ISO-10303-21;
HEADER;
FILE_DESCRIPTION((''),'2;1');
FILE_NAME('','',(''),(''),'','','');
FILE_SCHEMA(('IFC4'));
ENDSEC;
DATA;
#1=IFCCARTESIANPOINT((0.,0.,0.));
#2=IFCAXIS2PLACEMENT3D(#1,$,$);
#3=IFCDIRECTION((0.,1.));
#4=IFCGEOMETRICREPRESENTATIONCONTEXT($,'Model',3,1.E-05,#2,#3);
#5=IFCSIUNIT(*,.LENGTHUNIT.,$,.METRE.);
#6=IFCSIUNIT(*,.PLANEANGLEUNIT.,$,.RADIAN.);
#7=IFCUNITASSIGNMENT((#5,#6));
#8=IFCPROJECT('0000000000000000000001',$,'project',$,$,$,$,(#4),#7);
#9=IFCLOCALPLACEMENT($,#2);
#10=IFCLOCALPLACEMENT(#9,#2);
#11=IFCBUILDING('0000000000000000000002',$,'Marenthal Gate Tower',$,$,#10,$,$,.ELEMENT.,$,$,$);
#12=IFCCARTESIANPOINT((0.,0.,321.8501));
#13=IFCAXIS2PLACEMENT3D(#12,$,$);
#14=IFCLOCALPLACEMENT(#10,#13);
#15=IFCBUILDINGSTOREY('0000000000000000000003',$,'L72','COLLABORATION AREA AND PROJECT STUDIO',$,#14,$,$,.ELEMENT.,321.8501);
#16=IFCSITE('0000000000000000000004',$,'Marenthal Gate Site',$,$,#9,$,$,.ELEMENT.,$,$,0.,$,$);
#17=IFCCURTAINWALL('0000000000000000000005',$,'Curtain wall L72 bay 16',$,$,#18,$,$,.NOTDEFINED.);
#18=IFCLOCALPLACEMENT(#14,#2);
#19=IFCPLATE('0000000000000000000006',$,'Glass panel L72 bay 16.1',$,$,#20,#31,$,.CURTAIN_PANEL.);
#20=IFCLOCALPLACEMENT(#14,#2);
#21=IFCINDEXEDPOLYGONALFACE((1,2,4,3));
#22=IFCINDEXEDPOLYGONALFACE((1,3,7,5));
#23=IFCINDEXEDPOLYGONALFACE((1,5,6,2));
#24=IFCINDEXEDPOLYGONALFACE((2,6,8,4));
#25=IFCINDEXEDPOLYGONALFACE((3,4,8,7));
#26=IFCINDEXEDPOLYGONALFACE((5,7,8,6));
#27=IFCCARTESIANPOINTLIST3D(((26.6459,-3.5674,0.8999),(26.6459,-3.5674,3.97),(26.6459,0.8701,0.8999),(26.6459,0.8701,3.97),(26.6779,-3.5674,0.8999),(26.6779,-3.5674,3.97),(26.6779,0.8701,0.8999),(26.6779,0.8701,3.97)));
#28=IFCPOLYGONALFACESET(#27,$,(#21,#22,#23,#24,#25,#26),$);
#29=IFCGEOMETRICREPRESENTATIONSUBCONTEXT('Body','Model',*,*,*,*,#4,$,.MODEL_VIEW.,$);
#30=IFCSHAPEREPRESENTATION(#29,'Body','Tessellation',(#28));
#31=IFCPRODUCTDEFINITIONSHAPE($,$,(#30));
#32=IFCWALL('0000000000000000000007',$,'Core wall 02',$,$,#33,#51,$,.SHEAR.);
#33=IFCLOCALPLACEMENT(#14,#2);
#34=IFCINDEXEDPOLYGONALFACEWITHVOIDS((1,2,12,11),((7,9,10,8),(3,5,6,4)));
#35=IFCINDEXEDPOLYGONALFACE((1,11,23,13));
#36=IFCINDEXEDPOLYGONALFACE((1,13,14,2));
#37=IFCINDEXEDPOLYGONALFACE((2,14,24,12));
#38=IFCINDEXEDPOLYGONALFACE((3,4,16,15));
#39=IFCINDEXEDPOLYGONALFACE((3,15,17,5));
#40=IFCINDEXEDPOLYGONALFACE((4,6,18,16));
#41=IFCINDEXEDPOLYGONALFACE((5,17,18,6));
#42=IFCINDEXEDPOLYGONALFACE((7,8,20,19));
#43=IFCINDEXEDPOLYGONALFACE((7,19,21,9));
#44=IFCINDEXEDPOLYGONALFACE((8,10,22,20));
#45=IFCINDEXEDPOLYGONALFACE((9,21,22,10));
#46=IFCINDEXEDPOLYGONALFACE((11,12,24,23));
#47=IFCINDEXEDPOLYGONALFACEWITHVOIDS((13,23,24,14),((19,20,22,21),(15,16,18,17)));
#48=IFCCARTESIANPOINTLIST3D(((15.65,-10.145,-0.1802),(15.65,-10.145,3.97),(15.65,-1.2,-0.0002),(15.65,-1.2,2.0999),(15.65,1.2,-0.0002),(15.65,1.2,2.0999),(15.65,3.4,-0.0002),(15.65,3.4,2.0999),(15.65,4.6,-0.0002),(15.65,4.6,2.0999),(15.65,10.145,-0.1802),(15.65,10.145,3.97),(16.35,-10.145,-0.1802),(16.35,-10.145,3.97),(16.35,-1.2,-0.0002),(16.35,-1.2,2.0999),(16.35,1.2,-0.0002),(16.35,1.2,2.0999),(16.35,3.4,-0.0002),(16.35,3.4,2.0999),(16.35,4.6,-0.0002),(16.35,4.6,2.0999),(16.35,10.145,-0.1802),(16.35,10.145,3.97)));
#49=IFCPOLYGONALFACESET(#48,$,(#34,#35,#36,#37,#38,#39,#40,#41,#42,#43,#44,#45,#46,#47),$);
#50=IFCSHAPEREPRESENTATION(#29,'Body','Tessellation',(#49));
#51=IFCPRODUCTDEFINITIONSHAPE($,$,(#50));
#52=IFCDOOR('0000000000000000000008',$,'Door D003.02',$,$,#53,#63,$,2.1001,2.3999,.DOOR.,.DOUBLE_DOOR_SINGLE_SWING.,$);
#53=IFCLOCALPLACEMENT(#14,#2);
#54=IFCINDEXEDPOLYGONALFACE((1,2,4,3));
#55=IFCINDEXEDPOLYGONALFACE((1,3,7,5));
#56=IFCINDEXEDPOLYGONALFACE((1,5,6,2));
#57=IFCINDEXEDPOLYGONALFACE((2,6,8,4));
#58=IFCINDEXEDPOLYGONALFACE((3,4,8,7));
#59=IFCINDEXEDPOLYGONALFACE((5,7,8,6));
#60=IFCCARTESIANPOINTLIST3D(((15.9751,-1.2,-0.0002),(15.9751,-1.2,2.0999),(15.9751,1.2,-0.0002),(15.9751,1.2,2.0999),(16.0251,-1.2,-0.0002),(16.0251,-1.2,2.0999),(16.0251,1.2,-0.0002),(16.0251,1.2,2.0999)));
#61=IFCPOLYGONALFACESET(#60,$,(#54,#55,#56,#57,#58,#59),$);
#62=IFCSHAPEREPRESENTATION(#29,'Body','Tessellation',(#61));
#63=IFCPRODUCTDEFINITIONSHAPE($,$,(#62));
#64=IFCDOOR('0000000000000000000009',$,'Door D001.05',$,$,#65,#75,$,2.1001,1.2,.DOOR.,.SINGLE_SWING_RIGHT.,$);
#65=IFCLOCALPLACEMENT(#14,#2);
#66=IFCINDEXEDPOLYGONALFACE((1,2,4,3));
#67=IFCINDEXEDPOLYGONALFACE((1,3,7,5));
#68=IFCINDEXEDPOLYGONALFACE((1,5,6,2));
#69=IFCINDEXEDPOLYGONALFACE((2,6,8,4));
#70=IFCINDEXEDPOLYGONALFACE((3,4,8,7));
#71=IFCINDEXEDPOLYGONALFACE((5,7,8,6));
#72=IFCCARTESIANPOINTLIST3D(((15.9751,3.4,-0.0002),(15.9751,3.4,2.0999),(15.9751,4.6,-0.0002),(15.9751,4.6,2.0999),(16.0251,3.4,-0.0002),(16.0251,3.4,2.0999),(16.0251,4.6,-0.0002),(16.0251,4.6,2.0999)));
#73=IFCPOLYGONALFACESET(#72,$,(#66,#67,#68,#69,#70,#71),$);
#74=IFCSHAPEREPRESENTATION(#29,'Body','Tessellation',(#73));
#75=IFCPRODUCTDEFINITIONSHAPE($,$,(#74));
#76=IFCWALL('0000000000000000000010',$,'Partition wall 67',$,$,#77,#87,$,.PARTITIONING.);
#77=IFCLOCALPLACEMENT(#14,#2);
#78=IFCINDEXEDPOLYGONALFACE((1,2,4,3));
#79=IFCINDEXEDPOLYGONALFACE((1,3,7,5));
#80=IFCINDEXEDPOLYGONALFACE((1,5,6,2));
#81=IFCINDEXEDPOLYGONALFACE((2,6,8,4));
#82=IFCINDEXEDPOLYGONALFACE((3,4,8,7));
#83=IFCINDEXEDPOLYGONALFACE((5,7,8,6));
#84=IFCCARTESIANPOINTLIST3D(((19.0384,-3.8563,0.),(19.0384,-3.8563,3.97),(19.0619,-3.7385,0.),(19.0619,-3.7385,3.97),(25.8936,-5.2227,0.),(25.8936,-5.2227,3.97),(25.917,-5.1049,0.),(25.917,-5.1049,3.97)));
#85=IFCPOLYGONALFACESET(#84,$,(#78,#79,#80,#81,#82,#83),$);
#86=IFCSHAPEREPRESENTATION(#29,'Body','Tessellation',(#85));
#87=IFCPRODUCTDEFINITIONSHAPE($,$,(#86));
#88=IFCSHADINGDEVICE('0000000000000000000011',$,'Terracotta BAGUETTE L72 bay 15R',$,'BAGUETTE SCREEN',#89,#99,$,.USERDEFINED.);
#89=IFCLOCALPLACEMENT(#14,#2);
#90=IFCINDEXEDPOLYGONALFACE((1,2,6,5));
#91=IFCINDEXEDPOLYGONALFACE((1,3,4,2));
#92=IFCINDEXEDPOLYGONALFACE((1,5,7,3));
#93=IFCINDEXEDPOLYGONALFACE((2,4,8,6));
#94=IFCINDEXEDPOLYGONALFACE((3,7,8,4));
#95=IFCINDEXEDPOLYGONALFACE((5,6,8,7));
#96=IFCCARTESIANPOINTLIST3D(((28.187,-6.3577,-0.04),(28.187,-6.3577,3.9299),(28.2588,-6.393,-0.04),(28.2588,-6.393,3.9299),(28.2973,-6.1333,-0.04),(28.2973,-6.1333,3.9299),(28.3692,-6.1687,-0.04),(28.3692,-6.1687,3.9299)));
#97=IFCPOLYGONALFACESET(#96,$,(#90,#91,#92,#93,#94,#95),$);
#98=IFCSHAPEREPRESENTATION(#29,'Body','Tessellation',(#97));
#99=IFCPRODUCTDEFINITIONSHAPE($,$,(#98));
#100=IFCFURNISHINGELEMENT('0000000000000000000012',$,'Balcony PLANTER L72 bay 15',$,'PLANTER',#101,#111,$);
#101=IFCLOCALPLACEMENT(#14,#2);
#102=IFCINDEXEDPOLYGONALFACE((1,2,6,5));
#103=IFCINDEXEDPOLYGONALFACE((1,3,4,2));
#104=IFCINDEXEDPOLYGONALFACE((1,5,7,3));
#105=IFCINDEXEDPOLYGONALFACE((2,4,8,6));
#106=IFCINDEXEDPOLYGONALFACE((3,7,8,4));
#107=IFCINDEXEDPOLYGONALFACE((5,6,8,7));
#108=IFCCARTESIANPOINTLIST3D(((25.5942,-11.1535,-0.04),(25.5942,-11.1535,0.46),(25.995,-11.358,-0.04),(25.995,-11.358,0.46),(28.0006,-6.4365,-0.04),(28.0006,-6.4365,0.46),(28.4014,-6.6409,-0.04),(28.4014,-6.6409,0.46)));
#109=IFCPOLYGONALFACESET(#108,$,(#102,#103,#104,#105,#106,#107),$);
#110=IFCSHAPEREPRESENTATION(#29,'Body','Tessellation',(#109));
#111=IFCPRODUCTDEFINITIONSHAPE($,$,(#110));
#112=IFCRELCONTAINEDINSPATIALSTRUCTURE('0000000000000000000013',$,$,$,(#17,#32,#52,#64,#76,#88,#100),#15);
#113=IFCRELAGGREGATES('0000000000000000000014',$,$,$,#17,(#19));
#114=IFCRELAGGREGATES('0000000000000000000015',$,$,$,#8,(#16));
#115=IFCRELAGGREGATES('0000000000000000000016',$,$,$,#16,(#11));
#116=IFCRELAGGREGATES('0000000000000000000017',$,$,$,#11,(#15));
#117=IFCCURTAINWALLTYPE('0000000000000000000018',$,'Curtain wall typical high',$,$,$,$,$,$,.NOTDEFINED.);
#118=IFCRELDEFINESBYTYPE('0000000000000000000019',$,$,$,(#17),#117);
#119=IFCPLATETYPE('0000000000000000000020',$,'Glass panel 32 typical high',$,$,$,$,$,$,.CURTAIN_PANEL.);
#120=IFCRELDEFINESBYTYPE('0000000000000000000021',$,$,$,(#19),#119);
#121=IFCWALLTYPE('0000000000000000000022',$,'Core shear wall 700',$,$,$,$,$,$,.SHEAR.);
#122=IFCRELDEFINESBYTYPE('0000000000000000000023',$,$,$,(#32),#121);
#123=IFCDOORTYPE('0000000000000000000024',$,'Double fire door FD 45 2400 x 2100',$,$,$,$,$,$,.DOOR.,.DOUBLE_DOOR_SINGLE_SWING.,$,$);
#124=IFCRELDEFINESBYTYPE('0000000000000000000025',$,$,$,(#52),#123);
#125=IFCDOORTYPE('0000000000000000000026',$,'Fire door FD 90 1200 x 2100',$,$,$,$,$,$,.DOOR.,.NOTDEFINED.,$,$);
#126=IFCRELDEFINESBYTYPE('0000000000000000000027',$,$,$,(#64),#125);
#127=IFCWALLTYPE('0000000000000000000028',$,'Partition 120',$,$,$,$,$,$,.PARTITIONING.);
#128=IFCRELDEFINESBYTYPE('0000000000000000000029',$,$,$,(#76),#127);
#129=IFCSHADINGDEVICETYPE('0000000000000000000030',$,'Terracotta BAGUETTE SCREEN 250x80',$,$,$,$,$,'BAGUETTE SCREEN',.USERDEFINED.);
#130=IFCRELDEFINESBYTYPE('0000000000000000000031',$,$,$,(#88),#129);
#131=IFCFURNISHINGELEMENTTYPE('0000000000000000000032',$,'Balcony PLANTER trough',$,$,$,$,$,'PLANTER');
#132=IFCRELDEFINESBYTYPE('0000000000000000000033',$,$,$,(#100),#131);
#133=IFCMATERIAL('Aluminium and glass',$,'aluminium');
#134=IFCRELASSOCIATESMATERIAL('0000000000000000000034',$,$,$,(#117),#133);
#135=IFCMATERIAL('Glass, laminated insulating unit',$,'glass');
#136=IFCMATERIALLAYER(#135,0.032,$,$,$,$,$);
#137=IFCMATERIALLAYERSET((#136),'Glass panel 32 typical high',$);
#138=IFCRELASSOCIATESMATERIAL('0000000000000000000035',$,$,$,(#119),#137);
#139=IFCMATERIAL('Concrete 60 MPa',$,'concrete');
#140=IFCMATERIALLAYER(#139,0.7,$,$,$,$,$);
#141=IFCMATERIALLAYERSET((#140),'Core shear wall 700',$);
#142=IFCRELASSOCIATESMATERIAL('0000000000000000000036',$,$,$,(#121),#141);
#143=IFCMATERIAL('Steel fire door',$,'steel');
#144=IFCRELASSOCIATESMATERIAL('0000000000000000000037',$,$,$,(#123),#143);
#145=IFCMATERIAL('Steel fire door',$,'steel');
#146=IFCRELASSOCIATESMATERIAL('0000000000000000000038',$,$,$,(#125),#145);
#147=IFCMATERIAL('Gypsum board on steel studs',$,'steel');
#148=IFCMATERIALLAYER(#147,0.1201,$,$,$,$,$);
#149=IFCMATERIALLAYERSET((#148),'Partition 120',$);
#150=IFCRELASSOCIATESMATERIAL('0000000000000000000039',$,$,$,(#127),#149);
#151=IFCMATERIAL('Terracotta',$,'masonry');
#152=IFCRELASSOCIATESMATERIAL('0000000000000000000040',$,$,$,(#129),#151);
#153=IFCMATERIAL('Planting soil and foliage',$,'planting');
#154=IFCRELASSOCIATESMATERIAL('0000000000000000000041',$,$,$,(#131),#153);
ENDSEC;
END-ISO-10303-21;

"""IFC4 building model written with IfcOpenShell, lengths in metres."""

from ifc_helpers import new_model, si_unit, direction, frame, frame_2d, origin, origin_2d, place, context, subcontext, project, spatial, rectangle, extrude, material, layer, layer_set, material_profile, profile_set, type_object, element, fill, aggregate, save


model = new_model("IFC4")

# Units and contexts
model_context = context("Model", 3, precision=1e-05, world=origin(), true_north=direction((0.0, 1.0)))
body_context = subcontext(model_context, "Body", "Model", "MODEL_VIEW")
ifc_project = project(units=[si_unit("LENGTHUNIT", "METRE"), si_unit("PLANEANGLEUNIT", "RADIAN")], contexts=[model_context])

# Site, building, storey
site_placement = place(None, origin())
site = spatial("IfcSite", under=ifc_project, at=site_placement, Name="Marenthal Gate Site", CompositionType="ELEMENT", RefElevation=0.0)
building_placement = place(site_placement, origin())
building = spatial("IfcBuilding", under=site, at=building_placement, Name="Marenthal Gate Tower", CompositionType="ELEMENT")
storey_placement = place(building_placement, frame((0.0, 0.0, 321.8501)))
storey = spatial("IfcBuildingStorey", under=building, at=storey_placement, Name="L72", Description="COLLABORATION AREA AND PROJECT STUDIO", CompositionType="ELEMENT", Elevation=321.8501)

# Curtain wall
ifc_material_1 = material(Name="Aluminium and glass", Category="aluminium")
curtain_wall_type = type_object("IfcCurtainWallType", Name="Curtain wall typical high", PredefinedType="NOTDEFINED", material=ifc_material_1)
curtain_wall_placement = place(storey_placement, origin())
curtain_wall = element("IfcCurtainWall", 1, at=curtain_wall_placement, inside=storey, type_object=curtain_wall_type, Name="Curtain wall L72 bay 16", PredefinedType="NOTDEFINED")

# Plate
ifc_material_2 = material(Name="Glass, laminated insulating unit", Category="glass")
ifc_layer_1 = layer(ifc_material_2, 0.032)
ifc_layer_set_1 = layer_set([ifc_layer_1], Name="Glass panel 32 typical high")
plate_type = type_object("IfcPlateType", Name="Glass panel 32 typical high", PredefinedType="CURTAIN_PANEL", material=ifc_layer_set_1)
plate_placement = place(storey_placement, frame((26.6619, -1.3486, 0.8999), z_axis=(0.0, 0.0, 1.0), x_axis=(0.0, 1.0, 0.0)))
plate = element("IfcPlate", 2, at=plate_placement, type_object=plate_type, Name="Glass panel L72 bay 16.1", PredefinedType="CURTAIN_PANEL", context=body_context, shape_type="SweptSolid", body=[
    extrude(rectangle(XDim=4.4375, YDim=0.032, at=origin_2d()), origin(), (0.0, 0.0, 1.0), 3.0701),
])
aggregate(curtain_wall, [plate])

# Wall, openings, doors
ifc_material_3 = material(Name="Concrete 60 MPa", Category="concrete")
ifc_layer_2 = layer(ifc_material_3, 0.7)
ifc_layer_set_2 = layer_set([ifc_layer_2], Name="Core shear wall 700")
wall_type_1 = type_object("IfcWallType", Name="Core shear wall 700", PredefinedType="SHEAR", material=ifc_layer_set_2)
wall_1_placement = place(storey_placement, frame((16.0, -10.145, -0.1802), z_axis=(0.0, 0.0, 1.0), x_axis=(0.0, 1.0, 0.0)))
wall_1 = element("IfcWall", 3, at=wall_1_placement, inside=storey, type_object=wall_type_1, Name="Core wall 02", PredefinedType="SHEAR", context=body_context, shape_type="SweptSolid", body=[
    extrude(rectangle(XDim=20.29, YDim=0.7, at=frame_2d((10.145, 0.0))), origin(), (0.0, 0.0, 1.0), 4.1501),
])
opening_1_placement = place(wall_1_placement, frame((8.9451, 0.0, 0.1799)))
opening_1 = element("IfcOpeningElement", 4, at=opening_1_placement, cuts=wall_1, PredefinedType="OPENING", context=body_context, shape_type="SweptSolid", body=[
    extrude(rectangle(XDim=2.3999, YDim=2.1001, at=frame_2d((1.2, 1.05))), frame((0.0, 0.3599, 0.0), z_axis=(0.0, -1.0, 0.0), x_axis=(1.0, 0.0, 0.0)), (0.0, 0.0, 1.0), 0.72),
])
opening_2_placement = place(wall_1_placement, frame((13.5449, 0.0, 0.1799)))
opening_2 = element("IfcOpeningElement", 5, at=opening_2_placement, cuts=wall_1, PredefinedType="OPENING", context=body_context, shape_type="SweptSolid", body=[
    extrude(rectangle(XDim=1.2, YDim=2.1001, at=frame_2d((0.6001, 1.05))), frame((0.0, 0.3599, 0.0), z_axis=(0.0, -1.0, 0.0), x_axis=(1.0, 0.0, 0.0)), (0.0, 0.0, 1.0), 0.72),
])
ifc_material_4 = material(Name="Steel fire door", Category="steel")
door_type_1 = type_object("IfcDoorType", Name="Double fire door FD 45 2400 x 2100", OperationType="DOUBLE_DOOR_SINGLE_SWING", PredefinedType="DOOR", material=ifc_material_4)
door_1_placement = place(opening_1_placement, origin())
door_1 = element("IfcDoor", 6, at=door_1_placement, inside=storey, type_object=door_type_1, Name="Door D003.02", OperationType="DOUBLE_DOOR_SINGLE_SWING", OverallHeight=2.1001, OverallWidth=2.3999, PredefinedType="DOOR", context=body_context, shape_type="SweptSolid", body=[
    extrude(rectangle(XDim=2.3999, YDim=2.1001, at=frame_2d((1.2, 1.05))), frame((0.0, 0.0249, 0.0), z_axis=(0.0, -1.0, 0.0), x_axis=(1.0, 0.0, 0.0)), (0.0, 0.0, 1.0), 0.05),
])
fill(opening_1, door_1)
ifc_material_5 = material(Name="Steel fire door", Category="steel")
door_type_2 = type_object("IfcDoorType", Name="Fire door FD 90 1200 x 2100", OperationType="NOTDEFINED", PredefinedType="DOOR", material=ifc_material_5)
door_2_placement = place(opening_2_placement, origin())
door_2 = element("IfcDoor", 7, at=door_2_placement, inside=storey, type_object=door_type_2, Name="Door D001.05", OperationType="SINGLE_SWING_RIGHT", OverallHeight=2.1001, OverallWidth=1.2, PredefinedType="DOOR", context=body_context, shape_type="SweptSolid", body=[
    extrude(rectangle(XDim=1.2, YDim=2.1001, at=frame_2d((0.6001, 1.05))), frame((0.0, 0.0249, 0.0), z_axis=(0.0, -1.0, 0.0), x_axis=(1.0, 0.0, 0.0)), (0.0, 0.0, 1.0), 0.05),
])
fill(opening_2, door_2)

# Wall
ifc_material_6 = material(Name="Gypsum board on steel studs", Category="steel")
ifc_layer_3 = layer(ifc_material_6, 0.1201)
ifc_layer_set_3 = layer_set([ifc_layer_3], Name="Partition 120")
wall_type_2 = type_object("IfcWallType", Name="Partition 120", PredefinedType="PARTITIONING", material=ifc_layer_set_3)
wall_2_placement = place(storey_placement, frame((19.05, -3.7974, 0.0), z_axis=(0.0, 0.0, 1.0), x_axis=(0.980707, -0.195485, 0.0)))
element("IfcWall", 8, at=wall_2_placement, inside=storey, type_object=wall_type_2, Name="Partition wall 67", PredefinedType="PARTITIONING", context=body_context, shape_type="SweptSolid", body=[
    extrude(rectangle(XDim=6.99, YDim=0.1201, at=frame_2d((3.4951, 0.0))), origin(), (0.0, 0.0, 1.0), 3.97),
])

# Shading device
ifc_material_7 = material(Name="Terracotta", Category="masonry")
ifc_material_profile_1 = material_profile(ifc_material_7, rectangle(XDim=0.25, YDim=0.0801, at=origin_2d()), Name="Terracotta baguette 250x80")
ifc_profile_set_1 = profile_set([ifc_material_profile_1], Name="Terracotta")
shading_device_type = type_object("IfcShadingDeviceType", Name="Terracotta BAGUETTE SCREEN 250x80", ElementType="BAGUETTE SCREEN", PredefinedType="USERDEFINED", material=ifc_profile_set_1)
shading_device_placement = place(storey_placement, frame((28.2781, -6.2632, -0.04), z_axis=(0.0, 0.0, 1.0), x_axis=(0.441395, 0.897313, 0.0)))
element("IfcShadingDevice", 9, at=shading_device_placement, inside=storey, type_object=shading_device_type, Name="Terracotta BAGUETTE L72 bay 15R", ObjectType="BAGUETTE SCREEN", PredefinedType="USERDEFINED", context=body_context, shape_type="SweptSolid", body=[
    extrude(rectangle(XDim=0.25, YDim=0.0801, at=origin_2d()), origin(), (0.0, 0.0, 1.0), 3.97),
])

# Furnishing element
ifc_material_8 = material(Name="Planting soil and foliage", Category="planting")
furnishing_element_type = type_object("IfcFurnishingElementType", Name="Balcony PLANTER trough", ElementType="PLANTER", material=ifc_material_8)
furnishing_placement = place(storey_placement, frame((26.9978, -8.8972, -0.04), z_axis=(0.0, 0.0, 1.0), x_axis=(0.454443, 0.890776, 0.0)))
element("IfcFurnishingElement", 10, at=furnishing_placement, inside=storey, type_object=furnishing_element_type, Name="Balcony PLANTER L72 bay 15", ObjectType="PLANTER", context=body_context, shape_type="SweptSolid", body=[
    extrude(rectangle(XDim=5.2954, YDim=0.45, at=origin_2d()), origin(), (0.0, 0.0, 1.0), 0.5),
])

save(model, "model.ifc")
